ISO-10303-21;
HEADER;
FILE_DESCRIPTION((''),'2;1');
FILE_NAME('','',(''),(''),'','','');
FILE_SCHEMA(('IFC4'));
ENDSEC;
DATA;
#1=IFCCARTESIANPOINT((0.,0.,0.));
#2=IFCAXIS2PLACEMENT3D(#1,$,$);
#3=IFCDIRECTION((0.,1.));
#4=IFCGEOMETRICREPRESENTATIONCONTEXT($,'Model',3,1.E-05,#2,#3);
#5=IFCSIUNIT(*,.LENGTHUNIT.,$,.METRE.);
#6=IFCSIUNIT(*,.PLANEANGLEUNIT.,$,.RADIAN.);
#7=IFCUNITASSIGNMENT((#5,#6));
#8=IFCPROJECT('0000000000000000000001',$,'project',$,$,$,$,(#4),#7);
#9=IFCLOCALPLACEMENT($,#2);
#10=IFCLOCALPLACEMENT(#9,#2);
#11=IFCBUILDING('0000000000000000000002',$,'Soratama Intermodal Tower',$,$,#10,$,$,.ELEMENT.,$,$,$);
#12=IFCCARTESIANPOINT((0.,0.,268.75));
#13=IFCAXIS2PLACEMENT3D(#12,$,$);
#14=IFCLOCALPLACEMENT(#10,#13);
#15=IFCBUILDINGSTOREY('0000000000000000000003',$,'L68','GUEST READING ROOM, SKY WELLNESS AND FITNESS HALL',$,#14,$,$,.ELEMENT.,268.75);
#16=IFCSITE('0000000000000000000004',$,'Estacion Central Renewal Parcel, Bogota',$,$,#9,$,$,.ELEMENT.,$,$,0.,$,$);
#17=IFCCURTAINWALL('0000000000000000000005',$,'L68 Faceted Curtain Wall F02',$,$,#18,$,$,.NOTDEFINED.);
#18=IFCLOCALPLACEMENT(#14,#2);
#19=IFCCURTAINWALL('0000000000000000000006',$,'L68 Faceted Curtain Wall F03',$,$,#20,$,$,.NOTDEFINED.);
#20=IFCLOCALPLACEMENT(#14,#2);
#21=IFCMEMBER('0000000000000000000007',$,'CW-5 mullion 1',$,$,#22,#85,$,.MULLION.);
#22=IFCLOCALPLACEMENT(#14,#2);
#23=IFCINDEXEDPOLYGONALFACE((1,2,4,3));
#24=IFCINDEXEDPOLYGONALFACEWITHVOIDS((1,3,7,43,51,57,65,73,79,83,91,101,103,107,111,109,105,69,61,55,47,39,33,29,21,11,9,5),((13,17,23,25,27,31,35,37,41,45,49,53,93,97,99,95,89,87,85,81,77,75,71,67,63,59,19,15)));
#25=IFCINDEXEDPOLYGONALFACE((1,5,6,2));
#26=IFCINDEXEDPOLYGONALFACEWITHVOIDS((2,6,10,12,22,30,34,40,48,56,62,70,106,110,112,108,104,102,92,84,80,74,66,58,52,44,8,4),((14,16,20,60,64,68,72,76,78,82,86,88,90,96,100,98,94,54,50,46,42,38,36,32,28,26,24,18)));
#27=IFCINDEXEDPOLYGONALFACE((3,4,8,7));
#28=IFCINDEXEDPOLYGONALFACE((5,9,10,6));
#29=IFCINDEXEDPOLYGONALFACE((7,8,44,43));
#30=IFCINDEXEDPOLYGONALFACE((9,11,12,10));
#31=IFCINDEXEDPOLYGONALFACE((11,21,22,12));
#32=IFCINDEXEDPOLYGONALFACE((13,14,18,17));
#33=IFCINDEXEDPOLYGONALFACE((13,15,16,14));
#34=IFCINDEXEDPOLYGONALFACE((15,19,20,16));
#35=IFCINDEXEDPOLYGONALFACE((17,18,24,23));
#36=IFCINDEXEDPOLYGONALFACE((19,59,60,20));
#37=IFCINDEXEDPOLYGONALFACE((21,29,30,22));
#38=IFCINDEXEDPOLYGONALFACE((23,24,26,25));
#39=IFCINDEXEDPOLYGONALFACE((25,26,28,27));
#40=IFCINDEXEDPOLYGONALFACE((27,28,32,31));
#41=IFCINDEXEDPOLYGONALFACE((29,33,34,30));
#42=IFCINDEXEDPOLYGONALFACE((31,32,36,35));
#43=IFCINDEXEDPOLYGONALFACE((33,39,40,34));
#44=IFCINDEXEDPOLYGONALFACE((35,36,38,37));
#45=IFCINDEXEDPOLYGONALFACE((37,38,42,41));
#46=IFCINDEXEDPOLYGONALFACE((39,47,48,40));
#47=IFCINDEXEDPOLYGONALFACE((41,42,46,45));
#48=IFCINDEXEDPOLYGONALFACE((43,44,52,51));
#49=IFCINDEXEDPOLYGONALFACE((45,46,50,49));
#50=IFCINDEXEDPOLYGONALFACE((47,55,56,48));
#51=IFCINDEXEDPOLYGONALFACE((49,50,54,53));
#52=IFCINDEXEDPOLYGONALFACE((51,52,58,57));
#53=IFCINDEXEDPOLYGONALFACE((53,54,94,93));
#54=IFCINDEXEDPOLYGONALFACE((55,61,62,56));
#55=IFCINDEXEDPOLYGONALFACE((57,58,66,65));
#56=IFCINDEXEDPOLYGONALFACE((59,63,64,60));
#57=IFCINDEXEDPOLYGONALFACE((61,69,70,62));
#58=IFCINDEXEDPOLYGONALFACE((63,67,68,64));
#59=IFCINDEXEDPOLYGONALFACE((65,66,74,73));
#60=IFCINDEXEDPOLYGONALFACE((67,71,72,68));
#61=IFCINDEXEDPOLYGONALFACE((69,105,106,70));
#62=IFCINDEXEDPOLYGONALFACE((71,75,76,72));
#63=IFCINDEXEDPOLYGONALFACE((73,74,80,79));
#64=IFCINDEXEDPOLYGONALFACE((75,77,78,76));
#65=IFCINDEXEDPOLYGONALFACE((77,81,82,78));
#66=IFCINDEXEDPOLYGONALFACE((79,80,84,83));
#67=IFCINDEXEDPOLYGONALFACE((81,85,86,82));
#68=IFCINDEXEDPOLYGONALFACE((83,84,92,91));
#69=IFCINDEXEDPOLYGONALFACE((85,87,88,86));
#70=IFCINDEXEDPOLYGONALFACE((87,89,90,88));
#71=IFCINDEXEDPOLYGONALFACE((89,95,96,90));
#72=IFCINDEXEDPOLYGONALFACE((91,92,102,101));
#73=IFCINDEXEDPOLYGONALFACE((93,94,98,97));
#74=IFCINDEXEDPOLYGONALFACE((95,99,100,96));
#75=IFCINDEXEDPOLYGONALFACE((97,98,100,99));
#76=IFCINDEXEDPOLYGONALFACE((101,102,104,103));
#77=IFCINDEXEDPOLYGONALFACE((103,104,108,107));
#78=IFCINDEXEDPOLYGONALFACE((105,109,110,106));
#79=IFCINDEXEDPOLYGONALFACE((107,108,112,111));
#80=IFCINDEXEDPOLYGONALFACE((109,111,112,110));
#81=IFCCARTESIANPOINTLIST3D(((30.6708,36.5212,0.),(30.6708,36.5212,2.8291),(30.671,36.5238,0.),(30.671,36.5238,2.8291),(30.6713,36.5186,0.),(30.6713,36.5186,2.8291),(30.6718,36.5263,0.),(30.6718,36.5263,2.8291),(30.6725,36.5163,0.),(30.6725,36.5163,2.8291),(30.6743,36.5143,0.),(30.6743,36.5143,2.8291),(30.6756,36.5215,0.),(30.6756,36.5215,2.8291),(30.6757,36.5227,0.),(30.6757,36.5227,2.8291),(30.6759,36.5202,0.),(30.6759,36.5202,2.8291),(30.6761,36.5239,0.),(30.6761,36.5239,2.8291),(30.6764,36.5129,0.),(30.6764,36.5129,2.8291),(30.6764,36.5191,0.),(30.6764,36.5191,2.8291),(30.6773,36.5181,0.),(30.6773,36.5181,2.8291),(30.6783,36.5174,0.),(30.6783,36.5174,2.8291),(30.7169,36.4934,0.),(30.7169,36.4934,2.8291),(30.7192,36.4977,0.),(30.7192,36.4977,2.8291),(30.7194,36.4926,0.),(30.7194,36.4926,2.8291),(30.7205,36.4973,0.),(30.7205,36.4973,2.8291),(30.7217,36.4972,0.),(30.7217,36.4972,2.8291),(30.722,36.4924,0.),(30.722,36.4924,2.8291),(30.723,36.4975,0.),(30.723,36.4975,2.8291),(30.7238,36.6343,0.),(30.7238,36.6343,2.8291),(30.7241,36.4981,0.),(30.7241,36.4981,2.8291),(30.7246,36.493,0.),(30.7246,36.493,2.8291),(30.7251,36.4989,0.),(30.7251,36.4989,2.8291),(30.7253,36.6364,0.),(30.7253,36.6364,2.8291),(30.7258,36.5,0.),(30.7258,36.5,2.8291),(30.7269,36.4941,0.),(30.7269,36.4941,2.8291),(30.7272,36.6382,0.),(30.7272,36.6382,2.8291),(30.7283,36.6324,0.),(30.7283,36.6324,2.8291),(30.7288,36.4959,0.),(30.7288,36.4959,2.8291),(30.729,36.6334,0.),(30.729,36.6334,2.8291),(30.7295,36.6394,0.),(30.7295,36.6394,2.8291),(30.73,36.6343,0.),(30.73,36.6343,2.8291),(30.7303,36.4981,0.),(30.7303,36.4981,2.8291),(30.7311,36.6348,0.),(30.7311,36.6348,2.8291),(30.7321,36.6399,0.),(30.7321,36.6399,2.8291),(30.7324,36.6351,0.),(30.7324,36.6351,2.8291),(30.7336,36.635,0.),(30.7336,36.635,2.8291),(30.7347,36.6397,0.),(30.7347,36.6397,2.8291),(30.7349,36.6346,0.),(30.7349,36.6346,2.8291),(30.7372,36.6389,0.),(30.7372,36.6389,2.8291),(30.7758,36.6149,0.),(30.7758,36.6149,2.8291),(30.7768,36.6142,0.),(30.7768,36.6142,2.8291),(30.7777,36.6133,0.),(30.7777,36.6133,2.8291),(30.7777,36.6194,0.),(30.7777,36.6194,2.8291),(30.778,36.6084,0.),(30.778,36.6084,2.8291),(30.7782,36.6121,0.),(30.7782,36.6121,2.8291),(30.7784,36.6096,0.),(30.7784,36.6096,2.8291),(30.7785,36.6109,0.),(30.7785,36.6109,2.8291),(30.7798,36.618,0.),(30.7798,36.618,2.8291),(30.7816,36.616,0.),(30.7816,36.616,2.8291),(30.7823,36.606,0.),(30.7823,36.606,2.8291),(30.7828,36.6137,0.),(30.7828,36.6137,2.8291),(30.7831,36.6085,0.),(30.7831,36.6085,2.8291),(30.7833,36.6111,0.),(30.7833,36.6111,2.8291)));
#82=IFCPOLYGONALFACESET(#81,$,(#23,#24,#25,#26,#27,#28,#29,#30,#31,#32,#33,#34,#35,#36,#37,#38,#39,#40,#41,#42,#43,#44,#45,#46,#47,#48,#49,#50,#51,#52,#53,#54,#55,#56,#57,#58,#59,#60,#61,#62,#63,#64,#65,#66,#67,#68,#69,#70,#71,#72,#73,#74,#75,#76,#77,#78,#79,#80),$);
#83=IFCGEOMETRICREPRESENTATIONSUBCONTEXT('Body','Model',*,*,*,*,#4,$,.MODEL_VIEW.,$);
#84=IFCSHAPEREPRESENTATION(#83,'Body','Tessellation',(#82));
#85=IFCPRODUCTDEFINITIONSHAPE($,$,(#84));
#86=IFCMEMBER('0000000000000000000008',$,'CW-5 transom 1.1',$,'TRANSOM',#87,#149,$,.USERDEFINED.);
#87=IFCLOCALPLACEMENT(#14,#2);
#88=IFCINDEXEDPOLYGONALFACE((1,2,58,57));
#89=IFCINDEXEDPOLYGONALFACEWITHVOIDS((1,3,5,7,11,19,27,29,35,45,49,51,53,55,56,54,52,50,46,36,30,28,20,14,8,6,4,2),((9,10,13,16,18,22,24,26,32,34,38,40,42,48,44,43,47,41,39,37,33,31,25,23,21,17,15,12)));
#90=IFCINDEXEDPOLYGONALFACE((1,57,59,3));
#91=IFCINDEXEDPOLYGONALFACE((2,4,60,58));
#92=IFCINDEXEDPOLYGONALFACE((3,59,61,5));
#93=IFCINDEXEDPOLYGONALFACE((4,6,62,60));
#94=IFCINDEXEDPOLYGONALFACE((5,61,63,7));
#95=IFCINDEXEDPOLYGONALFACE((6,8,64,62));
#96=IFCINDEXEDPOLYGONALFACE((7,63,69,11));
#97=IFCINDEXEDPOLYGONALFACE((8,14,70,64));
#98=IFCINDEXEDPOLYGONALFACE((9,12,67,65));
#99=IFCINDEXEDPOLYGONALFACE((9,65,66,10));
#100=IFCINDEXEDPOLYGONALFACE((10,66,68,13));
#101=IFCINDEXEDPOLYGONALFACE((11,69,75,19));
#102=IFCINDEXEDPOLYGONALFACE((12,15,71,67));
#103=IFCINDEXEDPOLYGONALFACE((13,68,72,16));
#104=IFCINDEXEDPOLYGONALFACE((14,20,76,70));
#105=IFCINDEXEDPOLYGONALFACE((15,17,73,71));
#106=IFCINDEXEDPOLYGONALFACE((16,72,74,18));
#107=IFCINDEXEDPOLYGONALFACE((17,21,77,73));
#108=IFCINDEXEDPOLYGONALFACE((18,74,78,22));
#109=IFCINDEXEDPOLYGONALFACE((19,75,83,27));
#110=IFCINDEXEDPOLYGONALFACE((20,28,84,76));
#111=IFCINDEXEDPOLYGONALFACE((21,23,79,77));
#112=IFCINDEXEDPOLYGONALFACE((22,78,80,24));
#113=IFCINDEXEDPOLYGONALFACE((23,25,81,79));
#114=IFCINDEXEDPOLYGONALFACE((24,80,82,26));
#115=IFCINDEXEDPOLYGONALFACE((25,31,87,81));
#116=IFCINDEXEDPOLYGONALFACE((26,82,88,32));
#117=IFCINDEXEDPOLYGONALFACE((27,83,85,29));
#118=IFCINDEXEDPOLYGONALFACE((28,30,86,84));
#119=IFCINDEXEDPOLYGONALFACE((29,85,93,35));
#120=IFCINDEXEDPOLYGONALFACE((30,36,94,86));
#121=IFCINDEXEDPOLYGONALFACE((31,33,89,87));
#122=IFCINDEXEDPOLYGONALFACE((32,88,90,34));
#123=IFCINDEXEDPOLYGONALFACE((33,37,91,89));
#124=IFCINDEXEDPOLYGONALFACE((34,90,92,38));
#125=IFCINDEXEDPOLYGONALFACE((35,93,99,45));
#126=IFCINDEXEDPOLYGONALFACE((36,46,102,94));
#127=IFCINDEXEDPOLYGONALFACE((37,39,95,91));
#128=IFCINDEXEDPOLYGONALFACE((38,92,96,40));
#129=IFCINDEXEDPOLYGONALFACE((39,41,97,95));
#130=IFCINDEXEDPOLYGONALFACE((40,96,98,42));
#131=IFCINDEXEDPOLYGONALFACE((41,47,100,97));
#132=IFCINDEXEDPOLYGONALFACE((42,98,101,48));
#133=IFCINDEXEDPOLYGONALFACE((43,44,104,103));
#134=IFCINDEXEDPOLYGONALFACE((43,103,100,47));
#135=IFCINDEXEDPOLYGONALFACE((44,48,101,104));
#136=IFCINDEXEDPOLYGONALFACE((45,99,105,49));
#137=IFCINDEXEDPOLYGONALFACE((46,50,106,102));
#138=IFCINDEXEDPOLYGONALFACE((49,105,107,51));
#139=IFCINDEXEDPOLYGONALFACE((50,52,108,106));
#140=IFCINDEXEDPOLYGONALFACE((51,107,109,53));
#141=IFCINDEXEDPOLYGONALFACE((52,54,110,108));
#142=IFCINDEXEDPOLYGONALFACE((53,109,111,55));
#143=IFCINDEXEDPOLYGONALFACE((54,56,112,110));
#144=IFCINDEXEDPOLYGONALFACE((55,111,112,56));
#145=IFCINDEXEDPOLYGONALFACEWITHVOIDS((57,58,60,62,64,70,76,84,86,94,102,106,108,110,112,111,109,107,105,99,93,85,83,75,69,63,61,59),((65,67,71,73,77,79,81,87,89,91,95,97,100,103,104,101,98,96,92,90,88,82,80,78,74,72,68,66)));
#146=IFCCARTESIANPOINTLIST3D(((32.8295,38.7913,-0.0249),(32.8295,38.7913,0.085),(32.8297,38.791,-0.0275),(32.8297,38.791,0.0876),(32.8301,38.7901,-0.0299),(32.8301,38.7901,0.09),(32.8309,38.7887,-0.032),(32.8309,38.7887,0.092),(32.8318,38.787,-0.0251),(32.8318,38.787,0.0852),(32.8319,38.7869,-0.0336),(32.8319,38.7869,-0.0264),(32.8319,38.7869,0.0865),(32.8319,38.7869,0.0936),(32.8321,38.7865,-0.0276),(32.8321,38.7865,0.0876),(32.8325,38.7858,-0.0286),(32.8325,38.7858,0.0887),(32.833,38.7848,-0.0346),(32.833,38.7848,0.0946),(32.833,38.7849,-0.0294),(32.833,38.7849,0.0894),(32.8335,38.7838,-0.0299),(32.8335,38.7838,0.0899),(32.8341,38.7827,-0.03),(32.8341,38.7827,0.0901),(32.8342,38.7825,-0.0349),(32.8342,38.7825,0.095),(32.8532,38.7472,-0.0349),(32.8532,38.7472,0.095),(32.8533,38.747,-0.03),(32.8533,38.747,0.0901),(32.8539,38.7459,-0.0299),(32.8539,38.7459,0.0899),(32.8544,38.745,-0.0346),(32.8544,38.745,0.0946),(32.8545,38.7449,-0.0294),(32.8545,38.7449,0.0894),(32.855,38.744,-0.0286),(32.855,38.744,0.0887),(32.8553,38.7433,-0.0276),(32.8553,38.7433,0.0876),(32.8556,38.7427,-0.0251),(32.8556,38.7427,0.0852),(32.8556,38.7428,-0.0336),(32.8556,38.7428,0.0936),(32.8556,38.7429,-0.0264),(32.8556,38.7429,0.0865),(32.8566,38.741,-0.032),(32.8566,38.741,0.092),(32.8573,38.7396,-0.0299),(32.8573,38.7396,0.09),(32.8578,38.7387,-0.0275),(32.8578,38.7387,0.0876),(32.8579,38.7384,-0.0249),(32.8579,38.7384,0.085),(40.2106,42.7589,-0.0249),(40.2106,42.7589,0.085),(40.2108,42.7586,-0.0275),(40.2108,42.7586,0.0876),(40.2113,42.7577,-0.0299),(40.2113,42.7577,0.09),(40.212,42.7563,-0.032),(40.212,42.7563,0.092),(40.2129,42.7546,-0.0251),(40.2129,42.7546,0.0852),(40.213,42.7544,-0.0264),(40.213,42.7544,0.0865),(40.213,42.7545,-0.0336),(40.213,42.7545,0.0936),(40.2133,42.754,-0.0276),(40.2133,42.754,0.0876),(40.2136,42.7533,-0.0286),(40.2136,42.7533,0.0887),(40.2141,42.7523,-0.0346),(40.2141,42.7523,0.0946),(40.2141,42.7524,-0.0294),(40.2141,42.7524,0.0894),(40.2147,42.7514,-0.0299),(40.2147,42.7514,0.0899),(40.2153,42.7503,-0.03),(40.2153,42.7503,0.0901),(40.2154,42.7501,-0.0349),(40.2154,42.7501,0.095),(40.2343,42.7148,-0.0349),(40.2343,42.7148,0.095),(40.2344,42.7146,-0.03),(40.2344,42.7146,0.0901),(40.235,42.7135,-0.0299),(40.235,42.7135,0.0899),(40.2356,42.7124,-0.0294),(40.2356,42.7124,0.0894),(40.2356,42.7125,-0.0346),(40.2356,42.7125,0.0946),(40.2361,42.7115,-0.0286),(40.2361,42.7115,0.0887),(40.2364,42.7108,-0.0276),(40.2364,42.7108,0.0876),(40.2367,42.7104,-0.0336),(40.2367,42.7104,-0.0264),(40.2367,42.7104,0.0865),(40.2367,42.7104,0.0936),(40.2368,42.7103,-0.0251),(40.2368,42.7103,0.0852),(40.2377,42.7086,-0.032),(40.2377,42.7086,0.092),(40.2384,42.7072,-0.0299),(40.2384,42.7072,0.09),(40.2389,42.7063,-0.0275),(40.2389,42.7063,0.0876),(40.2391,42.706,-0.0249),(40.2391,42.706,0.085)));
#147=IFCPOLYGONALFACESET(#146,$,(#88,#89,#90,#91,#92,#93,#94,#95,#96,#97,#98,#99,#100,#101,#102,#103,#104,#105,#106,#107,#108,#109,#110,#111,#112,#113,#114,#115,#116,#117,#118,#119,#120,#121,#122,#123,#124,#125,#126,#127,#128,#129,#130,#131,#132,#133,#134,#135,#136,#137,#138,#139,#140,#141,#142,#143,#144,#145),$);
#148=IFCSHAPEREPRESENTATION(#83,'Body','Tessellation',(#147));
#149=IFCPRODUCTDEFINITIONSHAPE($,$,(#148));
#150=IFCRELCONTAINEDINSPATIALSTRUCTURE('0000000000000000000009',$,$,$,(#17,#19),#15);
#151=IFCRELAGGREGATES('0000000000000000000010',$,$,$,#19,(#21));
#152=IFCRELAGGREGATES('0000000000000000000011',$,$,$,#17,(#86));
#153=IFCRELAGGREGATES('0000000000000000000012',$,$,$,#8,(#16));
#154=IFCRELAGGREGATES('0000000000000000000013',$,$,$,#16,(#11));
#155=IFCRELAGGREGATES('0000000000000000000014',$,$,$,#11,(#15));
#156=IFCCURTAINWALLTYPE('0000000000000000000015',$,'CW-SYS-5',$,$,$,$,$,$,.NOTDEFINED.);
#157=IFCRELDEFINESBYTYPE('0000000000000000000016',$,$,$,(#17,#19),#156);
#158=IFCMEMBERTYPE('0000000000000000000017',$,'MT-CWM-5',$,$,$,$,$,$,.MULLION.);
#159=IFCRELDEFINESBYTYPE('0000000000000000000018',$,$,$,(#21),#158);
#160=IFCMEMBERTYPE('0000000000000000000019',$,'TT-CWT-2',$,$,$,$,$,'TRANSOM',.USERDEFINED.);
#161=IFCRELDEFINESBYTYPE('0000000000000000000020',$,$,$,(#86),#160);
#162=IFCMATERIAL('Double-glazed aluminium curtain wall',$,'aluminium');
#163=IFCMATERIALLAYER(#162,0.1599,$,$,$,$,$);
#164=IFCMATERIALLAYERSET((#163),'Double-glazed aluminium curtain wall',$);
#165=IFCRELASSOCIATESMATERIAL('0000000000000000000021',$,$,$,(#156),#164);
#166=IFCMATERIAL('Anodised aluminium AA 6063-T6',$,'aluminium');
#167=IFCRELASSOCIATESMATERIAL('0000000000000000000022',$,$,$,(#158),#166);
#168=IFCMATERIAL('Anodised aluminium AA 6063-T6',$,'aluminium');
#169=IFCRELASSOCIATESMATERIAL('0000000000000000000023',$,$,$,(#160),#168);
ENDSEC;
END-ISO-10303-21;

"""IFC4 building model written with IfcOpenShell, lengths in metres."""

from ifc_helpers import new_model, si_unit, direction, frame, origin, origin_2d, place, context, subcontext, project, spatial, hollow_rectangle, extrude, material, layer, layer_set, material_profile, profile_set, type_object, element, aggregate, save


model = new_model("IFC4")

# Units and contexts
model_context = context("Model", 3, precision=1e-05, world=origin(), true_north=direction((0.0, 1.0)))
body_context = subcontext(model_context, "Body", "Model", "MODEL_VIEW")
ifc_project = project(units=[si_unit("LENGTHUNIT", "METRE"), si_unit("PLANEANGLEUNIT", "RADIAN")], contexts=[model_context])

# Site, building, storey
site_placement = place(None, origin())
site = spatial("IfcSite", under=ifc_project, at=site_placement, Name="Estacion Central Renewal Parcel, Bogota", CompositionType="ELEMENT", RefElevation=0.0)
building_placement = place(site_placement, origin())
building = spatial("IfcBuilding", under=site, at=building_placement, Name="Soratama Intermodal Tower", CompositionType="ELEMENT")
storey_placement = place(building_placement, frame((0.0, 0.0, 268.75)))
storey = spatial("IfcBuildingStorey", under=building, at=storey_placement, Name="L68", Description="GUEST READING ROOM, SKY WELLNESS AND FITNESS HALL", CompositionType="ELEMENT", Elevation=268.75)

# Curtain wall
ifc_material_1 = material(Name="Double-glazed aluminium curtain wall", Category="aluminium")
ifc_layer_1 = layer(ifc_material_1, 0.1599)
ifc_layer_set_1 = layer_set([ifc_layer_1], Name="Double-glazed aluminium curtain wall")
curtain_wall_type = type_object("IfcCurtainWallType", Name="CW-SYS-5", PredefinedType="NOTDEFINED", material=ifc_layer_set_1)
curtain_wall_1_placement = place(storey_placement, origin())
curtain_wall_1 = element("IfcCurtainWall", 1, at=curtain_wall_1_placement, inside=storey, type_object=curtain_wall_type, Name="L68 Faceted Curtain Wall F02", PredefinedType="NOTDEFINED")
ifc_material_2 = material(Name="Anodised aluminium AA 6063-T6", Category="aluminium")
ifc_material_profile_1 = material_profile(ifc_material_2, hollow_rectangle(XDim=0.0649, YDim=0.1399, WallThickness=0.0049, InnerFilletRadius=0.0049, OuterFilletRadius=0.01, at=origin_2d()), Name="CWM140X65X5")
ifc_profile_set_1 = profile_set([ifc_material_profile_1], Name="Anodised aluminium AA 6063-T6")
member_type_1 = type_object("IfcMemberType", Name="MT-CWM-5", PredefinedType="MULLION", material=ifc_profile_set_1)

# Curtain wall, member
curtain_wall_2_placement = place(storey_placement, origin())
curtain_wall_2 = element("IfcCurtainWall", 2, at=curtain_wall_2_placement, inside=storey, type_object=curtain_wall_type, Name="L68 Faceted Curtain Wall F03", PredefinedType="NOTDEFINED")
member_1_placement = place(storey_placement, frame((30.7271, 36.5662, 0.0), z_axis=(0.0, 0.0, 1.0), x_axis=(0.900772, -0.434292, 0.0)))
member_1 = element("IfcMember", 3, at=member_1_placement, type_object=member_type_1, Name="CW-5 mullion 1", PredefinedType="MULLION", context=body_context, shape_type="SweptSolid", body=[
    extrude(hollow_rectangle(XDim=0.0649, YDim=0.1399, WallThickness=0.0049, InnerFilletRadius=0.0049, OuterFilletRadius=0.01, at=origin_2d()), origin(), (0.0, 0.0, 1.0), 2.8291),
])

# Member
ifc_material_3 = material(Name="Anodised aluminium AA 6063-T6", Category="aluminium")
ifc_material_profile_2 = material_profile(ifc_material_3, hollow_rectangle(XDim=0.0601, YDim=0.1299, WallThickness=0.0049, InnerFilletRadius=0.0049, OuterFilletRadius=0.01, at=origin_2d()), Name="CWT130X60X5")
ifc_profile_set_2 = profile_set([ifc_material_profile_2], Name="Anodised aluminium AA 6063-T6")
member_type_2 = type_object("IfcMemberType", Name="TT-CWT-2", ElementType="TRANSOM", PredefinedType="USERDEFINED", material=ifc_profile_set_2)
member_2_placement = place(storey_placement, frame((40.2249, 42.7324, 0.03), z_axis=(-0.880815, -0.47346, 0.0), x_axis=(0.47346, -0.880815, 0.0)))
member_2 = element("IfcMember", 4, at=member_2_placement, type_object=member_type_2, Name="CW-5 transom 1.1", ObjectType="TRANSOM", PredefinedType="USERDEFINED", context=body_context, shape_type="SweptSolid", body=[
    extrude(hollow_rectangle(XDim=0.0601, YDim=0.1299, WallThickness=0.0049, InnerFilletRadius=0.0049, OuterFilletRadius=0.01, at=origin_2d()), origin(), (0.0, 0.0, 1.0), 8.3799),
])
aggregate(curtain_wall_2, [member_1])

aggregate(curtain_wall_1, [member_2])

save(model, "model.ifc")
